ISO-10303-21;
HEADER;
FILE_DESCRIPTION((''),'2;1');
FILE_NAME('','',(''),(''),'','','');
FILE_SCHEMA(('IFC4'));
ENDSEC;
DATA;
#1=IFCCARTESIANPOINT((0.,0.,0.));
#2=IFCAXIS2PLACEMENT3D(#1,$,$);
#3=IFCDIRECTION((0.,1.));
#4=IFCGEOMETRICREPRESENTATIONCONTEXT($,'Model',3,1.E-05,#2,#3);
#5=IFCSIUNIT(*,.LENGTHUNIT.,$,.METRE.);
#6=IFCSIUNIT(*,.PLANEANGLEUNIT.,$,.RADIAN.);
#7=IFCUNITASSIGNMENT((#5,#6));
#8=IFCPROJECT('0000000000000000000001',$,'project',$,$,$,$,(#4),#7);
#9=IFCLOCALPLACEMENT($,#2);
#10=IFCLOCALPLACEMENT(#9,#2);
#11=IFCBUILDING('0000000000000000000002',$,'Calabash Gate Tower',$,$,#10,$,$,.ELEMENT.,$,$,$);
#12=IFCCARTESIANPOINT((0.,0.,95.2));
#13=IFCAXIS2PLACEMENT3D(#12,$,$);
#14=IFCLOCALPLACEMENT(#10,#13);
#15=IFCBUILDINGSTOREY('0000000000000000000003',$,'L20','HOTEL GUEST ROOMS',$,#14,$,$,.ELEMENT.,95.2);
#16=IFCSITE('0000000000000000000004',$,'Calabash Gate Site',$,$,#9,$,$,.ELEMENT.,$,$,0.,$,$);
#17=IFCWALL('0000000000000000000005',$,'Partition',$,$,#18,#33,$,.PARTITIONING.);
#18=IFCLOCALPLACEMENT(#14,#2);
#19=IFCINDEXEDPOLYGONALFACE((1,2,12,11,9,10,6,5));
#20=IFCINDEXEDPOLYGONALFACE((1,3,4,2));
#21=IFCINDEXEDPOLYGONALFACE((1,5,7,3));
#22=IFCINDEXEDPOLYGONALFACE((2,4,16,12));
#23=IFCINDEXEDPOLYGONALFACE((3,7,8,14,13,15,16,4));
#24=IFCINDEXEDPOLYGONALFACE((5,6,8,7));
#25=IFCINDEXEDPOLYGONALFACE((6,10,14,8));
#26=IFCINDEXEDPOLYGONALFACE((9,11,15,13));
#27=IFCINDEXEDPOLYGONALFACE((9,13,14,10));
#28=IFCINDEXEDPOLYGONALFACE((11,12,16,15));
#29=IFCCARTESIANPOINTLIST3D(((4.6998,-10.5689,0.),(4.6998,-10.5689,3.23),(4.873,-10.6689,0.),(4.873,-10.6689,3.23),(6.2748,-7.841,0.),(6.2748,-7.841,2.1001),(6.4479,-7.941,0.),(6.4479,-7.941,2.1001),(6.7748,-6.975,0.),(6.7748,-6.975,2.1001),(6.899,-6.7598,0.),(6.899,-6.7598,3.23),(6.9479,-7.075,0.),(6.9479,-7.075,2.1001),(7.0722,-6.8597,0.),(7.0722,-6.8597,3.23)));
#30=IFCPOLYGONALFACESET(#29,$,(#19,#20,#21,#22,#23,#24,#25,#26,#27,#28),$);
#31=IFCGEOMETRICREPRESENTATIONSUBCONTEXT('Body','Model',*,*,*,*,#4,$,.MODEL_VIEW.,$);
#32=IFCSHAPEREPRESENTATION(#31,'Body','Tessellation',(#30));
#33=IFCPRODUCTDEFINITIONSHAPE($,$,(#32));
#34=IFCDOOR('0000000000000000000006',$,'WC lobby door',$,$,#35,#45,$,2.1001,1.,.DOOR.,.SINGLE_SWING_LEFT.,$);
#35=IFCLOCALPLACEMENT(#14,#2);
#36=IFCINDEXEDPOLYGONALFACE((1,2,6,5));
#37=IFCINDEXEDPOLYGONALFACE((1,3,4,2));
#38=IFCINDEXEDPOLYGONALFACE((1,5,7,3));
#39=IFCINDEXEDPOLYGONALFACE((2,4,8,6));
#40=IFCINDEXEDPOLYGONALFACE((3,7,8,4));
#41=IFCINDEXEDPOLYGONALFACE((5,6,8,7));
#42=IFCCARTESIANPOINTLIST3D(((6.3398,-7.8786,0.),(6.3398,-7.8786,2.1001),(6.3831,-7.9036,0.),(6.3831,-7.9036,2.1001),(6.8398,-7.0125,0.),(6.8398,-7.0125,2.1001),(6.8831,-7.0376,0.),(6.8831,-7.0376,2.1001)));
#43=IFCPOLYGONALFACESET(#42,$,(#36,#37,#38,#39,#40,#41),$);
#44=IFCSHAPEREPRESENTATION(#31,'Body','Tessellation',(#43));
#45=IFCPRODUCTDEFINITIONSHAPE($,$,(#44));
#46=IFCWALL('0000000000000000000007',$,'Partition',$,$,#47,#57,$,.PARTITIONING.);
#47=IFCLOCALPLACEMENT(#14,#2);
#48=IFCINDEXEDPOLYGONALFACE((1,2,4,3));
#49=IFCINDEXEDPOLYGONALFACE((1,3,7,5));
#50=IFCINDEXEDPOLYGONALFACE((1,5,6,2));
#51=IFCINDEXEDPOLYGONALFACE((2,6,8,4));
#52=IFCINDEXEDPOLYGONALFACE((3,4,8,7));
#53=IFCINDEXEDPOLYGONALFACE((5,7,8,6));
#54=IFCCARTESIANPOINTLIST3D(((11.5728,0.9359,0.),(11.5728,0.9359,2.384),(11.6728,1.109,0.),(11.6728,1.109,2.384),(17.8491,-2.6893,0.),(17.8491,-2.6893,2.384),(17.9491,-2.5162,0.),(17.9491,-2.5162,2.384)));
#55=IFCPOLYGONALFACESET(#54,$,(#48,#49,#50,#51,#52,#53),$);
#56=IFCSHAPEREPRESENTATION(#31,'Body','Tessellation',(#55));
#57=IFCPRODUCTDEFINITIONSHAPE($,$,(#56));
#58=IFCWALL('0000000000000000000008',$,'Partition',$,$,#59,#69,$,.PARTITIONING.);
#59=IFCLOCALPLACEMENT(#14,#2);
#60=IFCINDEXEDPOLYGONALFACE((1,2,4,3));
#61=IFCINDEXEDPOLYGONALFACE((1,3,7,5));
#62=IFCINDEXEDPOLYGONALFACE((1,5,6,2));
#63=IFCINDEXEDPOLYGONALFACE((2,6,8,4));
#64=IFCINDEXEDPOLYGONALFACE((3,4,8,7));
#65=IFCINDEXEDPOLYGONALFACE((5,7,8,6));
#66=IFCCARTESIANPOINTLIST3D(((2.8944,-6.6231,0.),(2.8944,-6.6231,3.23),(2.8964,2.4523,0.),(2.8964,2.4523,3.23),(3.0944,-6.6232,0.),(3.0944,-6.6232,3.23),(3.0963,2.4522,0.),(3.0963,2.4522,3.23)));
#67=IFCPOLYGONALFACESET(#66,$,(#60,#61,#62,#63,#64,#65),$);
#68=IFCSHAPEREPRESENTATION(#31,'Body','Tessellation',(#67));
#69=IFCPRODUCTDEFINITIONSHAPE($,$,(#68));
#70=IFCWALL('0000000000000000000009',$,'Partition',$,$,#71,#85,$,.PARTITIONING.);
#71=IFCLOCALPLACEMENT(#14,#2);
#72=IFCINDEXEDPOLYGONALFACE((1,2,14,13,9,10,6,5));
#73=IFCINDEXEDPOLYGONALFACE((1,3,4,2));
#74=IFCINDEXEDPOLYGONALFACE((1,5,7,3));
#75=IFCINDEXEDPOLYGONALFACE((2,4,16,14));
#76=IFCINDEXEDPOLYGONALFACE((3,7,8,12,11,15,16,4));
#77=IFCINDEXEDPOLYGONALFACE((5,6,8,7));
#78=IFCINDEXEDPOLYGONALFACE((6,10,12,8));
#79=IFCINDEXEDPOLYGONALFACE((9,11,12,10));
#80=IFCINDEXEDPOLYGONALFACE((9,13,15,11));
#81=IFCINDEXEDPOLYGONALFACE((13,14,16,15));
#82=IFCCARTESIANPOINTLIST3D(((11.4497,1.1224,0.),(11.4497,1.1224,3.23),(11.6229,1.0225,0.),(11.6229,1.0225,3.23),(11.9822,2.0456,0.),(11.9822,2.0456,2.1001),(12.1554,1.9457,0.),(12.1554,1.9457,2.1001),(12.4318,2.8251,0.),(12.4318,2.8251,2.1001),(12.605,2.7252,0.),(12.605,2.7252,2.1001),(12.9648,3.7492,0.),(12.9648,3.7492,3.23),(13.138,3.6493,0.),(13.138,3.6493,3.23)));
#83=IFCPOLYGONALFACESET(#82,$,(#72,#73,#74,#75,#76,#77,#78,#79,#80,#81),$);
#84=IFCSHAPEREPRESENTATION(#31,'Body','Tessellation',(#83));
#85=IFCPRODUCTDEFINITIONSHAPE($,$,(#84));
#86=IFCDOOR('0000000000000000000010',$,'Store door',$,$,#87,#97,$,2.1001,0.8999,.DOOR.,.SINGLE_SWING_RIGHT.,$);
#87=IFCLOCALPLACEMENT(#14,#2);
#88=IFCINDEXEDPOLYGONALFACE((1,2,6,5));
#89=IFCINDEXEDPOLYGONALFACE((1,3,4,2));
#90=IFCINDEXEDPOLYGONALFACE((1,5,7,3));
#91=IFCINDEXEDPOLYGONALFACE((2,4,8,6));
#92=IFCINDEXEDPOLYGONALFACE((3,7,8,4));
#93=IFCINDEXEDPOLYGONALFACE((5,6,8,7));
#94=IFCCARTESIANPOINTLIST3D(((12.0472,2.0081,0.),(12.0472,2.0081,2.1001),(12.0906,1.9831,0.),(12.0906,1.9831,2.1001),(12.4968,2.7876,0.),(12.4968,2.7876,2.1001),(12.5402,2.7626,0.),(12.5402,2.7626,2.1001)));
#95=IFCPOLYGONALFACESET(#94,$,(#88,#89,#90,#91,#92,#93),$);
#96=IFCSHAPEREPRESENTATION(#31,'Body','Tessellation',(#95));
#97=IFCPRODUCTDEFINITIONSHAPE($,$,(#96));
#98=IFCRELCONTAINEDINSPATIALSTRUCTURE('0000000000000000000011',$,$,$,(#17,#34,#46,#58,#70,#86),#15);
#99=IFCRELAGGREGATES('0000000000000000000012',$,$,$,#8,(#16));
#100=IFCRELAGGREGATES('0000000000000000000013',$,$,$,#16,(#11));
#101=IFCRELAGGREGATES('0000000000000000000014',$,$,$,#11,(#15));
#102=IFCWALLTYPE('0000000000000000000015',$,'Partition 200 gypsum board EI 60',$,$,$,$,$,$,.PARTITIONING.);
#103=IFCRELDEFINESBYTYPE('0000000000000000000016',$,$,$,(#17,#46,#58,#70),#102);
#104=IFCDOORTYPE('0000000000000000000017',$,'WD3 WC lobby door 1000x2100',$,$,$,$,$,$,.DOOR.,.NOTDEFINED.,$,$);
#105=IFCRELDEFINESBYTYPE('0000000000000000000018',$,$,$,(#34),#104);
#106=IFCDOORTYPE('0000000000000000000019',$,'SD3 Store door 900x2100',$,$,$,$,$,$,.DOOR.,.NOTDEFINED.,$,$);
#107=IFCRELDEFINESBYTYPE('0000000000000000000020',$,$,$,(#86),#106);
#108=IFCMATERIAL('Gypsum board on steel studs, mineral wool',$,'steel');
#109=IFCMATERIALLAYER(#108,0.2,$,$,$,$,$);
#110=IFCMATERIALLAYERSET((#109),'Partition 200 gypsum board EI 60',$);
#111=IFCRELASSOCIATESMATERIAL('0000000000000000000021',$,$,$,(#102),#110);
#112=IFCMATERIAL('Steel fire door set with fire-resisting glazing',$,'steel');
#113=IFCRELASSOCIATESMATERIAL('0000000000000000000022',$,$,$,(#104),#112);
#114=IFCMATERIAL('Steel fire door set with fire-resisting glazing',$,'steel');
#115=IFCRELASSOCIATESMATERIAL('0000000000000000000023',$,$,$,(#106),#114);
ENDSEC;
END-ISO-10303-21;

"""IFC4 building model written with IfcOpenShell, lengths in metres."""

from ifc_helpers import new_model, si_unit, direction, frame, frame_2d, origin, place, context, subcontext, project, spatial, rectangle, extrude, material, layer, layer_set, type_object, element, fill, save


model = new_model("IFC4")

# Units and contexts
model_context = context("Model", 3, precision=1e-05, world=origin(), true_north=direction((0.0, 1.0)))
body_context = subcontext(model_context, "Body", "Model", "MODEL_VIEW")
ifc_project = project(units=[si_unit("LENGTHUNIT", "METRE"), si_unit("PLANEANGLEUNIT", "RADIAN")], contexts=[model_context])

# Site, building, storey
site_placement = place(None, origin())
site = spatial("IfcSite", under=ifc_project, at=site_placement, Name="Calabash Gate Site", CompositionType="ELEMENT", RefElevation=0.0)
building_placement = place(site_placement, origin())
building = spatial("IfcBuilding", under=site, at=building_placement, Name="Calabash Gate Tower", CompositionType="ELEMENT")
storey_placement = place(building_placement, frame((0.0, 0.0, 95.2)))
storey = spatial("IfcBuildingStorey", under=building, at=storey_placement, Name="L20", Description="HOTEL GUEST ROOMS", CompositionType="ELEMENT", Elevation=95.2)

# Shared definitions
ifc_material_1 = material(Name="Gypsum board on steel studs, mineral wool", Category="steel")
ifc_layer_1 = layer(ifc_material_1, 0.2)
ifc_layer_set_1 = layer_set([ifc_layer_1], Name="Partition 200 gypsum board EI 60")
wall_type_1 = type_object("IfcWallType", Name="Partition 200 gypsum board EI 60", PredefinedType="PARTITIONING", material=ifc_layer_set_1)

# Wall, opening, door
wall_1_placement = place(storey_placement, frame((4.7864, -10.6189, 0.0), z_axis=(0.0, 0.0, 1.0), x_axis=(0.500008, 0.866021, 0.0)))
wall_1 = element("IfcWall", 1, at=wall_1_placement, inside=storey, type_object=wall_type_1, Name="Partition", PredefinedType="PARTITIONING", context=body_context, shape_type="SweptSolid", body=[
    extrude(rectangle(XDim=4.3984, YDim=0.2, at=frame_2d((2.1992, 0.0))), origin(), (0.0, 0.0, 1.0), 3.23),
])
opening_1_placement = place(wall_1_placement, frame((3.1499, 0.0, 0.0)))
opening_1 = element("IfcOpeningElement", 2, at=opening_1_placement, cuts=wall_1, PredefinedType="OPENING", context=body_context, shape_type="SweptSolid", body=[
    extrude(rectangle(XDim=1.0, YDim=2.1001, at=frame_2d((0.5, 1.05))), frame((0.0, 0.1099, 0.0), z_axis=(0.0, -1.0, 0.0), x_axis=(1.0, 0.0, 0.0)), (0.0, 0.0, 1.0), 0.22),
])
ifc_material_2 = material(Name="Steel fire door set with fire-resisting glazing", Category="steel")
door_type_1 = type_object("IfcDoorType", Name="WD3 WC lobby door 1000x2100", OperationType="NOTDEFINED", PredefinedType="DOOR", material=ifc_material_2)
door_1_placement = place(opening_1_placement, origin())
door_1 = element("IfcDoor", 3, at=door_1_placement, inside=storey, type_object=door_type_1, Name="WC lobby door", OperationType="SINGLE_SWING_LEFT", OverallHeight=2.1001, OverallWidth=1.0, PredefinedType="DOOR", context=body_context, shape_type="SweptSolid", body=[
    extrude(rectangle(XDim=1.0, YDim=2.1001, at=frame_2d((0.5, 1.05))), frame((0.0, 0.0249, 0.0), z_axis=(0.0, -1.0, 0.0), x_axis=(1.0, 0.0, 0.0)), (0.0, 0.0, 1.0), 0.05),
])
fill(opening_1, door_1)

# Walls
wall_2_placement = place(storey_placement, frame((11.6228, 1.0225, 0.0), z_axis=(0.0, 0.0, 1.0), x_axis=(0.865931, -0.500164, 0.0)))
element("IfcWall", 4, at=wall_2_placement, inside=storey, type_object=wall_type_1, Name="Partition", PredefinedType="PARTITIONING", context=body_context, shape_type="SweptSolid", body=[
    extrude(rectangle(XDim=7.248, YDim=0.2, at=frame_2d((3.624, 0.0))), origin(), (0.0, 0.0, 1.0), 2.384),
])
wall_3_placement = place(storey_placement, frame((2.9944, -6.623, 0.0), z_axis=(0.0, 0.0, 1.0), x_axis=(0.000215, 1.0, 0.0)))
element("IfcWall", 5, at=wall_3_placement, inside=storey, type_object=wall_type_1, Name="Partition", PredefinedType="PARTITIONING", context=body_context, shape_type="SweptSolid", body=[
    extrude(rectangle(XDim=9.0754, YDim=0.2, at=frame_2d((4.5376, 0.0))), origin(), (0.0, 0.0, 1.0), 3.23),
])

# Wall, opening, door
wall_4_placement = place(storey_placement, frame((11.5364, 1.0725, 0.0), z_axis=(0.0, 0.0, 1.0), x_axis=(0.49962, 0.866245, 0.0)))
wall_4 = element("IfcWall", 6, at=wall_4_placement, inside=storey, type_object=wall_type_1, Name="Partition", PredefinedType="PARTITIONING", context=body_context, shape_type="SweptSolid", body=[
    extrude(rectangle(XDim=3.0325, YDim=0.2, at=frame_2d((1.5161, 0.0))), origin(), (0.0, 0.0, 1.0), 3.23),
])
opening_2_placement = place(wall_4_placement, frame((1.0657, 0.0, 0.0)))
opening_2 = element("IfcOpeningElement", 7, at=opening_2_placement, cuts=wall_4, PredefinedType="OPENING", context=body_context, shape_type="SweptSolid", body=[
    extrude(rectangle(XDim=0.8999, YDim=2.1001, at=frame_2d((0.45, 1.05))), frame((0.0, 0.1099, 0.0), z_axis=(0.0, -1.0, 0.0), x_axis=(1.0, 0.0, 0.0)), (0.0, 0.0, 1.0), 0.22),
])
ifc_material_3 = material(Name="Steel fire door set with fire-resisting glazing", Category="steel")
door_type_2 = type_object("IfcDoorType", Name="SD3 Store door 900x2100", OperationType="NOTDEFINED", PredefinedType="DOOR", material=ifc_material_3)
door_2_placement = place(opening_2_placement, origin())
door_2 = element("IfcDoor", 8, at=door_2_placement, inside=storey, type_object=door_type_2, Name="Store door", OperationType="SINGLE_SWING_RIGHT", OverallHeight=2.1001, OverallWidth=0.8999, PredefinedType="DOOR", context=body_context, shape_type="SweptSolid", body=[
    extrude(rectangle(XDim=0.8999, YDim=2.1001, at=frame_2d((0.45, 1.05))), frame((0.0, 0.0249, 0.0), z_axis=(0.0, -1.0, 0.0), x_axis=(1.0, 0.0, 0.0)), (0.0, 0.0, 1.0), 0.05),
])
fill(opening_2, door_2)

save(model, "model.ifc")
